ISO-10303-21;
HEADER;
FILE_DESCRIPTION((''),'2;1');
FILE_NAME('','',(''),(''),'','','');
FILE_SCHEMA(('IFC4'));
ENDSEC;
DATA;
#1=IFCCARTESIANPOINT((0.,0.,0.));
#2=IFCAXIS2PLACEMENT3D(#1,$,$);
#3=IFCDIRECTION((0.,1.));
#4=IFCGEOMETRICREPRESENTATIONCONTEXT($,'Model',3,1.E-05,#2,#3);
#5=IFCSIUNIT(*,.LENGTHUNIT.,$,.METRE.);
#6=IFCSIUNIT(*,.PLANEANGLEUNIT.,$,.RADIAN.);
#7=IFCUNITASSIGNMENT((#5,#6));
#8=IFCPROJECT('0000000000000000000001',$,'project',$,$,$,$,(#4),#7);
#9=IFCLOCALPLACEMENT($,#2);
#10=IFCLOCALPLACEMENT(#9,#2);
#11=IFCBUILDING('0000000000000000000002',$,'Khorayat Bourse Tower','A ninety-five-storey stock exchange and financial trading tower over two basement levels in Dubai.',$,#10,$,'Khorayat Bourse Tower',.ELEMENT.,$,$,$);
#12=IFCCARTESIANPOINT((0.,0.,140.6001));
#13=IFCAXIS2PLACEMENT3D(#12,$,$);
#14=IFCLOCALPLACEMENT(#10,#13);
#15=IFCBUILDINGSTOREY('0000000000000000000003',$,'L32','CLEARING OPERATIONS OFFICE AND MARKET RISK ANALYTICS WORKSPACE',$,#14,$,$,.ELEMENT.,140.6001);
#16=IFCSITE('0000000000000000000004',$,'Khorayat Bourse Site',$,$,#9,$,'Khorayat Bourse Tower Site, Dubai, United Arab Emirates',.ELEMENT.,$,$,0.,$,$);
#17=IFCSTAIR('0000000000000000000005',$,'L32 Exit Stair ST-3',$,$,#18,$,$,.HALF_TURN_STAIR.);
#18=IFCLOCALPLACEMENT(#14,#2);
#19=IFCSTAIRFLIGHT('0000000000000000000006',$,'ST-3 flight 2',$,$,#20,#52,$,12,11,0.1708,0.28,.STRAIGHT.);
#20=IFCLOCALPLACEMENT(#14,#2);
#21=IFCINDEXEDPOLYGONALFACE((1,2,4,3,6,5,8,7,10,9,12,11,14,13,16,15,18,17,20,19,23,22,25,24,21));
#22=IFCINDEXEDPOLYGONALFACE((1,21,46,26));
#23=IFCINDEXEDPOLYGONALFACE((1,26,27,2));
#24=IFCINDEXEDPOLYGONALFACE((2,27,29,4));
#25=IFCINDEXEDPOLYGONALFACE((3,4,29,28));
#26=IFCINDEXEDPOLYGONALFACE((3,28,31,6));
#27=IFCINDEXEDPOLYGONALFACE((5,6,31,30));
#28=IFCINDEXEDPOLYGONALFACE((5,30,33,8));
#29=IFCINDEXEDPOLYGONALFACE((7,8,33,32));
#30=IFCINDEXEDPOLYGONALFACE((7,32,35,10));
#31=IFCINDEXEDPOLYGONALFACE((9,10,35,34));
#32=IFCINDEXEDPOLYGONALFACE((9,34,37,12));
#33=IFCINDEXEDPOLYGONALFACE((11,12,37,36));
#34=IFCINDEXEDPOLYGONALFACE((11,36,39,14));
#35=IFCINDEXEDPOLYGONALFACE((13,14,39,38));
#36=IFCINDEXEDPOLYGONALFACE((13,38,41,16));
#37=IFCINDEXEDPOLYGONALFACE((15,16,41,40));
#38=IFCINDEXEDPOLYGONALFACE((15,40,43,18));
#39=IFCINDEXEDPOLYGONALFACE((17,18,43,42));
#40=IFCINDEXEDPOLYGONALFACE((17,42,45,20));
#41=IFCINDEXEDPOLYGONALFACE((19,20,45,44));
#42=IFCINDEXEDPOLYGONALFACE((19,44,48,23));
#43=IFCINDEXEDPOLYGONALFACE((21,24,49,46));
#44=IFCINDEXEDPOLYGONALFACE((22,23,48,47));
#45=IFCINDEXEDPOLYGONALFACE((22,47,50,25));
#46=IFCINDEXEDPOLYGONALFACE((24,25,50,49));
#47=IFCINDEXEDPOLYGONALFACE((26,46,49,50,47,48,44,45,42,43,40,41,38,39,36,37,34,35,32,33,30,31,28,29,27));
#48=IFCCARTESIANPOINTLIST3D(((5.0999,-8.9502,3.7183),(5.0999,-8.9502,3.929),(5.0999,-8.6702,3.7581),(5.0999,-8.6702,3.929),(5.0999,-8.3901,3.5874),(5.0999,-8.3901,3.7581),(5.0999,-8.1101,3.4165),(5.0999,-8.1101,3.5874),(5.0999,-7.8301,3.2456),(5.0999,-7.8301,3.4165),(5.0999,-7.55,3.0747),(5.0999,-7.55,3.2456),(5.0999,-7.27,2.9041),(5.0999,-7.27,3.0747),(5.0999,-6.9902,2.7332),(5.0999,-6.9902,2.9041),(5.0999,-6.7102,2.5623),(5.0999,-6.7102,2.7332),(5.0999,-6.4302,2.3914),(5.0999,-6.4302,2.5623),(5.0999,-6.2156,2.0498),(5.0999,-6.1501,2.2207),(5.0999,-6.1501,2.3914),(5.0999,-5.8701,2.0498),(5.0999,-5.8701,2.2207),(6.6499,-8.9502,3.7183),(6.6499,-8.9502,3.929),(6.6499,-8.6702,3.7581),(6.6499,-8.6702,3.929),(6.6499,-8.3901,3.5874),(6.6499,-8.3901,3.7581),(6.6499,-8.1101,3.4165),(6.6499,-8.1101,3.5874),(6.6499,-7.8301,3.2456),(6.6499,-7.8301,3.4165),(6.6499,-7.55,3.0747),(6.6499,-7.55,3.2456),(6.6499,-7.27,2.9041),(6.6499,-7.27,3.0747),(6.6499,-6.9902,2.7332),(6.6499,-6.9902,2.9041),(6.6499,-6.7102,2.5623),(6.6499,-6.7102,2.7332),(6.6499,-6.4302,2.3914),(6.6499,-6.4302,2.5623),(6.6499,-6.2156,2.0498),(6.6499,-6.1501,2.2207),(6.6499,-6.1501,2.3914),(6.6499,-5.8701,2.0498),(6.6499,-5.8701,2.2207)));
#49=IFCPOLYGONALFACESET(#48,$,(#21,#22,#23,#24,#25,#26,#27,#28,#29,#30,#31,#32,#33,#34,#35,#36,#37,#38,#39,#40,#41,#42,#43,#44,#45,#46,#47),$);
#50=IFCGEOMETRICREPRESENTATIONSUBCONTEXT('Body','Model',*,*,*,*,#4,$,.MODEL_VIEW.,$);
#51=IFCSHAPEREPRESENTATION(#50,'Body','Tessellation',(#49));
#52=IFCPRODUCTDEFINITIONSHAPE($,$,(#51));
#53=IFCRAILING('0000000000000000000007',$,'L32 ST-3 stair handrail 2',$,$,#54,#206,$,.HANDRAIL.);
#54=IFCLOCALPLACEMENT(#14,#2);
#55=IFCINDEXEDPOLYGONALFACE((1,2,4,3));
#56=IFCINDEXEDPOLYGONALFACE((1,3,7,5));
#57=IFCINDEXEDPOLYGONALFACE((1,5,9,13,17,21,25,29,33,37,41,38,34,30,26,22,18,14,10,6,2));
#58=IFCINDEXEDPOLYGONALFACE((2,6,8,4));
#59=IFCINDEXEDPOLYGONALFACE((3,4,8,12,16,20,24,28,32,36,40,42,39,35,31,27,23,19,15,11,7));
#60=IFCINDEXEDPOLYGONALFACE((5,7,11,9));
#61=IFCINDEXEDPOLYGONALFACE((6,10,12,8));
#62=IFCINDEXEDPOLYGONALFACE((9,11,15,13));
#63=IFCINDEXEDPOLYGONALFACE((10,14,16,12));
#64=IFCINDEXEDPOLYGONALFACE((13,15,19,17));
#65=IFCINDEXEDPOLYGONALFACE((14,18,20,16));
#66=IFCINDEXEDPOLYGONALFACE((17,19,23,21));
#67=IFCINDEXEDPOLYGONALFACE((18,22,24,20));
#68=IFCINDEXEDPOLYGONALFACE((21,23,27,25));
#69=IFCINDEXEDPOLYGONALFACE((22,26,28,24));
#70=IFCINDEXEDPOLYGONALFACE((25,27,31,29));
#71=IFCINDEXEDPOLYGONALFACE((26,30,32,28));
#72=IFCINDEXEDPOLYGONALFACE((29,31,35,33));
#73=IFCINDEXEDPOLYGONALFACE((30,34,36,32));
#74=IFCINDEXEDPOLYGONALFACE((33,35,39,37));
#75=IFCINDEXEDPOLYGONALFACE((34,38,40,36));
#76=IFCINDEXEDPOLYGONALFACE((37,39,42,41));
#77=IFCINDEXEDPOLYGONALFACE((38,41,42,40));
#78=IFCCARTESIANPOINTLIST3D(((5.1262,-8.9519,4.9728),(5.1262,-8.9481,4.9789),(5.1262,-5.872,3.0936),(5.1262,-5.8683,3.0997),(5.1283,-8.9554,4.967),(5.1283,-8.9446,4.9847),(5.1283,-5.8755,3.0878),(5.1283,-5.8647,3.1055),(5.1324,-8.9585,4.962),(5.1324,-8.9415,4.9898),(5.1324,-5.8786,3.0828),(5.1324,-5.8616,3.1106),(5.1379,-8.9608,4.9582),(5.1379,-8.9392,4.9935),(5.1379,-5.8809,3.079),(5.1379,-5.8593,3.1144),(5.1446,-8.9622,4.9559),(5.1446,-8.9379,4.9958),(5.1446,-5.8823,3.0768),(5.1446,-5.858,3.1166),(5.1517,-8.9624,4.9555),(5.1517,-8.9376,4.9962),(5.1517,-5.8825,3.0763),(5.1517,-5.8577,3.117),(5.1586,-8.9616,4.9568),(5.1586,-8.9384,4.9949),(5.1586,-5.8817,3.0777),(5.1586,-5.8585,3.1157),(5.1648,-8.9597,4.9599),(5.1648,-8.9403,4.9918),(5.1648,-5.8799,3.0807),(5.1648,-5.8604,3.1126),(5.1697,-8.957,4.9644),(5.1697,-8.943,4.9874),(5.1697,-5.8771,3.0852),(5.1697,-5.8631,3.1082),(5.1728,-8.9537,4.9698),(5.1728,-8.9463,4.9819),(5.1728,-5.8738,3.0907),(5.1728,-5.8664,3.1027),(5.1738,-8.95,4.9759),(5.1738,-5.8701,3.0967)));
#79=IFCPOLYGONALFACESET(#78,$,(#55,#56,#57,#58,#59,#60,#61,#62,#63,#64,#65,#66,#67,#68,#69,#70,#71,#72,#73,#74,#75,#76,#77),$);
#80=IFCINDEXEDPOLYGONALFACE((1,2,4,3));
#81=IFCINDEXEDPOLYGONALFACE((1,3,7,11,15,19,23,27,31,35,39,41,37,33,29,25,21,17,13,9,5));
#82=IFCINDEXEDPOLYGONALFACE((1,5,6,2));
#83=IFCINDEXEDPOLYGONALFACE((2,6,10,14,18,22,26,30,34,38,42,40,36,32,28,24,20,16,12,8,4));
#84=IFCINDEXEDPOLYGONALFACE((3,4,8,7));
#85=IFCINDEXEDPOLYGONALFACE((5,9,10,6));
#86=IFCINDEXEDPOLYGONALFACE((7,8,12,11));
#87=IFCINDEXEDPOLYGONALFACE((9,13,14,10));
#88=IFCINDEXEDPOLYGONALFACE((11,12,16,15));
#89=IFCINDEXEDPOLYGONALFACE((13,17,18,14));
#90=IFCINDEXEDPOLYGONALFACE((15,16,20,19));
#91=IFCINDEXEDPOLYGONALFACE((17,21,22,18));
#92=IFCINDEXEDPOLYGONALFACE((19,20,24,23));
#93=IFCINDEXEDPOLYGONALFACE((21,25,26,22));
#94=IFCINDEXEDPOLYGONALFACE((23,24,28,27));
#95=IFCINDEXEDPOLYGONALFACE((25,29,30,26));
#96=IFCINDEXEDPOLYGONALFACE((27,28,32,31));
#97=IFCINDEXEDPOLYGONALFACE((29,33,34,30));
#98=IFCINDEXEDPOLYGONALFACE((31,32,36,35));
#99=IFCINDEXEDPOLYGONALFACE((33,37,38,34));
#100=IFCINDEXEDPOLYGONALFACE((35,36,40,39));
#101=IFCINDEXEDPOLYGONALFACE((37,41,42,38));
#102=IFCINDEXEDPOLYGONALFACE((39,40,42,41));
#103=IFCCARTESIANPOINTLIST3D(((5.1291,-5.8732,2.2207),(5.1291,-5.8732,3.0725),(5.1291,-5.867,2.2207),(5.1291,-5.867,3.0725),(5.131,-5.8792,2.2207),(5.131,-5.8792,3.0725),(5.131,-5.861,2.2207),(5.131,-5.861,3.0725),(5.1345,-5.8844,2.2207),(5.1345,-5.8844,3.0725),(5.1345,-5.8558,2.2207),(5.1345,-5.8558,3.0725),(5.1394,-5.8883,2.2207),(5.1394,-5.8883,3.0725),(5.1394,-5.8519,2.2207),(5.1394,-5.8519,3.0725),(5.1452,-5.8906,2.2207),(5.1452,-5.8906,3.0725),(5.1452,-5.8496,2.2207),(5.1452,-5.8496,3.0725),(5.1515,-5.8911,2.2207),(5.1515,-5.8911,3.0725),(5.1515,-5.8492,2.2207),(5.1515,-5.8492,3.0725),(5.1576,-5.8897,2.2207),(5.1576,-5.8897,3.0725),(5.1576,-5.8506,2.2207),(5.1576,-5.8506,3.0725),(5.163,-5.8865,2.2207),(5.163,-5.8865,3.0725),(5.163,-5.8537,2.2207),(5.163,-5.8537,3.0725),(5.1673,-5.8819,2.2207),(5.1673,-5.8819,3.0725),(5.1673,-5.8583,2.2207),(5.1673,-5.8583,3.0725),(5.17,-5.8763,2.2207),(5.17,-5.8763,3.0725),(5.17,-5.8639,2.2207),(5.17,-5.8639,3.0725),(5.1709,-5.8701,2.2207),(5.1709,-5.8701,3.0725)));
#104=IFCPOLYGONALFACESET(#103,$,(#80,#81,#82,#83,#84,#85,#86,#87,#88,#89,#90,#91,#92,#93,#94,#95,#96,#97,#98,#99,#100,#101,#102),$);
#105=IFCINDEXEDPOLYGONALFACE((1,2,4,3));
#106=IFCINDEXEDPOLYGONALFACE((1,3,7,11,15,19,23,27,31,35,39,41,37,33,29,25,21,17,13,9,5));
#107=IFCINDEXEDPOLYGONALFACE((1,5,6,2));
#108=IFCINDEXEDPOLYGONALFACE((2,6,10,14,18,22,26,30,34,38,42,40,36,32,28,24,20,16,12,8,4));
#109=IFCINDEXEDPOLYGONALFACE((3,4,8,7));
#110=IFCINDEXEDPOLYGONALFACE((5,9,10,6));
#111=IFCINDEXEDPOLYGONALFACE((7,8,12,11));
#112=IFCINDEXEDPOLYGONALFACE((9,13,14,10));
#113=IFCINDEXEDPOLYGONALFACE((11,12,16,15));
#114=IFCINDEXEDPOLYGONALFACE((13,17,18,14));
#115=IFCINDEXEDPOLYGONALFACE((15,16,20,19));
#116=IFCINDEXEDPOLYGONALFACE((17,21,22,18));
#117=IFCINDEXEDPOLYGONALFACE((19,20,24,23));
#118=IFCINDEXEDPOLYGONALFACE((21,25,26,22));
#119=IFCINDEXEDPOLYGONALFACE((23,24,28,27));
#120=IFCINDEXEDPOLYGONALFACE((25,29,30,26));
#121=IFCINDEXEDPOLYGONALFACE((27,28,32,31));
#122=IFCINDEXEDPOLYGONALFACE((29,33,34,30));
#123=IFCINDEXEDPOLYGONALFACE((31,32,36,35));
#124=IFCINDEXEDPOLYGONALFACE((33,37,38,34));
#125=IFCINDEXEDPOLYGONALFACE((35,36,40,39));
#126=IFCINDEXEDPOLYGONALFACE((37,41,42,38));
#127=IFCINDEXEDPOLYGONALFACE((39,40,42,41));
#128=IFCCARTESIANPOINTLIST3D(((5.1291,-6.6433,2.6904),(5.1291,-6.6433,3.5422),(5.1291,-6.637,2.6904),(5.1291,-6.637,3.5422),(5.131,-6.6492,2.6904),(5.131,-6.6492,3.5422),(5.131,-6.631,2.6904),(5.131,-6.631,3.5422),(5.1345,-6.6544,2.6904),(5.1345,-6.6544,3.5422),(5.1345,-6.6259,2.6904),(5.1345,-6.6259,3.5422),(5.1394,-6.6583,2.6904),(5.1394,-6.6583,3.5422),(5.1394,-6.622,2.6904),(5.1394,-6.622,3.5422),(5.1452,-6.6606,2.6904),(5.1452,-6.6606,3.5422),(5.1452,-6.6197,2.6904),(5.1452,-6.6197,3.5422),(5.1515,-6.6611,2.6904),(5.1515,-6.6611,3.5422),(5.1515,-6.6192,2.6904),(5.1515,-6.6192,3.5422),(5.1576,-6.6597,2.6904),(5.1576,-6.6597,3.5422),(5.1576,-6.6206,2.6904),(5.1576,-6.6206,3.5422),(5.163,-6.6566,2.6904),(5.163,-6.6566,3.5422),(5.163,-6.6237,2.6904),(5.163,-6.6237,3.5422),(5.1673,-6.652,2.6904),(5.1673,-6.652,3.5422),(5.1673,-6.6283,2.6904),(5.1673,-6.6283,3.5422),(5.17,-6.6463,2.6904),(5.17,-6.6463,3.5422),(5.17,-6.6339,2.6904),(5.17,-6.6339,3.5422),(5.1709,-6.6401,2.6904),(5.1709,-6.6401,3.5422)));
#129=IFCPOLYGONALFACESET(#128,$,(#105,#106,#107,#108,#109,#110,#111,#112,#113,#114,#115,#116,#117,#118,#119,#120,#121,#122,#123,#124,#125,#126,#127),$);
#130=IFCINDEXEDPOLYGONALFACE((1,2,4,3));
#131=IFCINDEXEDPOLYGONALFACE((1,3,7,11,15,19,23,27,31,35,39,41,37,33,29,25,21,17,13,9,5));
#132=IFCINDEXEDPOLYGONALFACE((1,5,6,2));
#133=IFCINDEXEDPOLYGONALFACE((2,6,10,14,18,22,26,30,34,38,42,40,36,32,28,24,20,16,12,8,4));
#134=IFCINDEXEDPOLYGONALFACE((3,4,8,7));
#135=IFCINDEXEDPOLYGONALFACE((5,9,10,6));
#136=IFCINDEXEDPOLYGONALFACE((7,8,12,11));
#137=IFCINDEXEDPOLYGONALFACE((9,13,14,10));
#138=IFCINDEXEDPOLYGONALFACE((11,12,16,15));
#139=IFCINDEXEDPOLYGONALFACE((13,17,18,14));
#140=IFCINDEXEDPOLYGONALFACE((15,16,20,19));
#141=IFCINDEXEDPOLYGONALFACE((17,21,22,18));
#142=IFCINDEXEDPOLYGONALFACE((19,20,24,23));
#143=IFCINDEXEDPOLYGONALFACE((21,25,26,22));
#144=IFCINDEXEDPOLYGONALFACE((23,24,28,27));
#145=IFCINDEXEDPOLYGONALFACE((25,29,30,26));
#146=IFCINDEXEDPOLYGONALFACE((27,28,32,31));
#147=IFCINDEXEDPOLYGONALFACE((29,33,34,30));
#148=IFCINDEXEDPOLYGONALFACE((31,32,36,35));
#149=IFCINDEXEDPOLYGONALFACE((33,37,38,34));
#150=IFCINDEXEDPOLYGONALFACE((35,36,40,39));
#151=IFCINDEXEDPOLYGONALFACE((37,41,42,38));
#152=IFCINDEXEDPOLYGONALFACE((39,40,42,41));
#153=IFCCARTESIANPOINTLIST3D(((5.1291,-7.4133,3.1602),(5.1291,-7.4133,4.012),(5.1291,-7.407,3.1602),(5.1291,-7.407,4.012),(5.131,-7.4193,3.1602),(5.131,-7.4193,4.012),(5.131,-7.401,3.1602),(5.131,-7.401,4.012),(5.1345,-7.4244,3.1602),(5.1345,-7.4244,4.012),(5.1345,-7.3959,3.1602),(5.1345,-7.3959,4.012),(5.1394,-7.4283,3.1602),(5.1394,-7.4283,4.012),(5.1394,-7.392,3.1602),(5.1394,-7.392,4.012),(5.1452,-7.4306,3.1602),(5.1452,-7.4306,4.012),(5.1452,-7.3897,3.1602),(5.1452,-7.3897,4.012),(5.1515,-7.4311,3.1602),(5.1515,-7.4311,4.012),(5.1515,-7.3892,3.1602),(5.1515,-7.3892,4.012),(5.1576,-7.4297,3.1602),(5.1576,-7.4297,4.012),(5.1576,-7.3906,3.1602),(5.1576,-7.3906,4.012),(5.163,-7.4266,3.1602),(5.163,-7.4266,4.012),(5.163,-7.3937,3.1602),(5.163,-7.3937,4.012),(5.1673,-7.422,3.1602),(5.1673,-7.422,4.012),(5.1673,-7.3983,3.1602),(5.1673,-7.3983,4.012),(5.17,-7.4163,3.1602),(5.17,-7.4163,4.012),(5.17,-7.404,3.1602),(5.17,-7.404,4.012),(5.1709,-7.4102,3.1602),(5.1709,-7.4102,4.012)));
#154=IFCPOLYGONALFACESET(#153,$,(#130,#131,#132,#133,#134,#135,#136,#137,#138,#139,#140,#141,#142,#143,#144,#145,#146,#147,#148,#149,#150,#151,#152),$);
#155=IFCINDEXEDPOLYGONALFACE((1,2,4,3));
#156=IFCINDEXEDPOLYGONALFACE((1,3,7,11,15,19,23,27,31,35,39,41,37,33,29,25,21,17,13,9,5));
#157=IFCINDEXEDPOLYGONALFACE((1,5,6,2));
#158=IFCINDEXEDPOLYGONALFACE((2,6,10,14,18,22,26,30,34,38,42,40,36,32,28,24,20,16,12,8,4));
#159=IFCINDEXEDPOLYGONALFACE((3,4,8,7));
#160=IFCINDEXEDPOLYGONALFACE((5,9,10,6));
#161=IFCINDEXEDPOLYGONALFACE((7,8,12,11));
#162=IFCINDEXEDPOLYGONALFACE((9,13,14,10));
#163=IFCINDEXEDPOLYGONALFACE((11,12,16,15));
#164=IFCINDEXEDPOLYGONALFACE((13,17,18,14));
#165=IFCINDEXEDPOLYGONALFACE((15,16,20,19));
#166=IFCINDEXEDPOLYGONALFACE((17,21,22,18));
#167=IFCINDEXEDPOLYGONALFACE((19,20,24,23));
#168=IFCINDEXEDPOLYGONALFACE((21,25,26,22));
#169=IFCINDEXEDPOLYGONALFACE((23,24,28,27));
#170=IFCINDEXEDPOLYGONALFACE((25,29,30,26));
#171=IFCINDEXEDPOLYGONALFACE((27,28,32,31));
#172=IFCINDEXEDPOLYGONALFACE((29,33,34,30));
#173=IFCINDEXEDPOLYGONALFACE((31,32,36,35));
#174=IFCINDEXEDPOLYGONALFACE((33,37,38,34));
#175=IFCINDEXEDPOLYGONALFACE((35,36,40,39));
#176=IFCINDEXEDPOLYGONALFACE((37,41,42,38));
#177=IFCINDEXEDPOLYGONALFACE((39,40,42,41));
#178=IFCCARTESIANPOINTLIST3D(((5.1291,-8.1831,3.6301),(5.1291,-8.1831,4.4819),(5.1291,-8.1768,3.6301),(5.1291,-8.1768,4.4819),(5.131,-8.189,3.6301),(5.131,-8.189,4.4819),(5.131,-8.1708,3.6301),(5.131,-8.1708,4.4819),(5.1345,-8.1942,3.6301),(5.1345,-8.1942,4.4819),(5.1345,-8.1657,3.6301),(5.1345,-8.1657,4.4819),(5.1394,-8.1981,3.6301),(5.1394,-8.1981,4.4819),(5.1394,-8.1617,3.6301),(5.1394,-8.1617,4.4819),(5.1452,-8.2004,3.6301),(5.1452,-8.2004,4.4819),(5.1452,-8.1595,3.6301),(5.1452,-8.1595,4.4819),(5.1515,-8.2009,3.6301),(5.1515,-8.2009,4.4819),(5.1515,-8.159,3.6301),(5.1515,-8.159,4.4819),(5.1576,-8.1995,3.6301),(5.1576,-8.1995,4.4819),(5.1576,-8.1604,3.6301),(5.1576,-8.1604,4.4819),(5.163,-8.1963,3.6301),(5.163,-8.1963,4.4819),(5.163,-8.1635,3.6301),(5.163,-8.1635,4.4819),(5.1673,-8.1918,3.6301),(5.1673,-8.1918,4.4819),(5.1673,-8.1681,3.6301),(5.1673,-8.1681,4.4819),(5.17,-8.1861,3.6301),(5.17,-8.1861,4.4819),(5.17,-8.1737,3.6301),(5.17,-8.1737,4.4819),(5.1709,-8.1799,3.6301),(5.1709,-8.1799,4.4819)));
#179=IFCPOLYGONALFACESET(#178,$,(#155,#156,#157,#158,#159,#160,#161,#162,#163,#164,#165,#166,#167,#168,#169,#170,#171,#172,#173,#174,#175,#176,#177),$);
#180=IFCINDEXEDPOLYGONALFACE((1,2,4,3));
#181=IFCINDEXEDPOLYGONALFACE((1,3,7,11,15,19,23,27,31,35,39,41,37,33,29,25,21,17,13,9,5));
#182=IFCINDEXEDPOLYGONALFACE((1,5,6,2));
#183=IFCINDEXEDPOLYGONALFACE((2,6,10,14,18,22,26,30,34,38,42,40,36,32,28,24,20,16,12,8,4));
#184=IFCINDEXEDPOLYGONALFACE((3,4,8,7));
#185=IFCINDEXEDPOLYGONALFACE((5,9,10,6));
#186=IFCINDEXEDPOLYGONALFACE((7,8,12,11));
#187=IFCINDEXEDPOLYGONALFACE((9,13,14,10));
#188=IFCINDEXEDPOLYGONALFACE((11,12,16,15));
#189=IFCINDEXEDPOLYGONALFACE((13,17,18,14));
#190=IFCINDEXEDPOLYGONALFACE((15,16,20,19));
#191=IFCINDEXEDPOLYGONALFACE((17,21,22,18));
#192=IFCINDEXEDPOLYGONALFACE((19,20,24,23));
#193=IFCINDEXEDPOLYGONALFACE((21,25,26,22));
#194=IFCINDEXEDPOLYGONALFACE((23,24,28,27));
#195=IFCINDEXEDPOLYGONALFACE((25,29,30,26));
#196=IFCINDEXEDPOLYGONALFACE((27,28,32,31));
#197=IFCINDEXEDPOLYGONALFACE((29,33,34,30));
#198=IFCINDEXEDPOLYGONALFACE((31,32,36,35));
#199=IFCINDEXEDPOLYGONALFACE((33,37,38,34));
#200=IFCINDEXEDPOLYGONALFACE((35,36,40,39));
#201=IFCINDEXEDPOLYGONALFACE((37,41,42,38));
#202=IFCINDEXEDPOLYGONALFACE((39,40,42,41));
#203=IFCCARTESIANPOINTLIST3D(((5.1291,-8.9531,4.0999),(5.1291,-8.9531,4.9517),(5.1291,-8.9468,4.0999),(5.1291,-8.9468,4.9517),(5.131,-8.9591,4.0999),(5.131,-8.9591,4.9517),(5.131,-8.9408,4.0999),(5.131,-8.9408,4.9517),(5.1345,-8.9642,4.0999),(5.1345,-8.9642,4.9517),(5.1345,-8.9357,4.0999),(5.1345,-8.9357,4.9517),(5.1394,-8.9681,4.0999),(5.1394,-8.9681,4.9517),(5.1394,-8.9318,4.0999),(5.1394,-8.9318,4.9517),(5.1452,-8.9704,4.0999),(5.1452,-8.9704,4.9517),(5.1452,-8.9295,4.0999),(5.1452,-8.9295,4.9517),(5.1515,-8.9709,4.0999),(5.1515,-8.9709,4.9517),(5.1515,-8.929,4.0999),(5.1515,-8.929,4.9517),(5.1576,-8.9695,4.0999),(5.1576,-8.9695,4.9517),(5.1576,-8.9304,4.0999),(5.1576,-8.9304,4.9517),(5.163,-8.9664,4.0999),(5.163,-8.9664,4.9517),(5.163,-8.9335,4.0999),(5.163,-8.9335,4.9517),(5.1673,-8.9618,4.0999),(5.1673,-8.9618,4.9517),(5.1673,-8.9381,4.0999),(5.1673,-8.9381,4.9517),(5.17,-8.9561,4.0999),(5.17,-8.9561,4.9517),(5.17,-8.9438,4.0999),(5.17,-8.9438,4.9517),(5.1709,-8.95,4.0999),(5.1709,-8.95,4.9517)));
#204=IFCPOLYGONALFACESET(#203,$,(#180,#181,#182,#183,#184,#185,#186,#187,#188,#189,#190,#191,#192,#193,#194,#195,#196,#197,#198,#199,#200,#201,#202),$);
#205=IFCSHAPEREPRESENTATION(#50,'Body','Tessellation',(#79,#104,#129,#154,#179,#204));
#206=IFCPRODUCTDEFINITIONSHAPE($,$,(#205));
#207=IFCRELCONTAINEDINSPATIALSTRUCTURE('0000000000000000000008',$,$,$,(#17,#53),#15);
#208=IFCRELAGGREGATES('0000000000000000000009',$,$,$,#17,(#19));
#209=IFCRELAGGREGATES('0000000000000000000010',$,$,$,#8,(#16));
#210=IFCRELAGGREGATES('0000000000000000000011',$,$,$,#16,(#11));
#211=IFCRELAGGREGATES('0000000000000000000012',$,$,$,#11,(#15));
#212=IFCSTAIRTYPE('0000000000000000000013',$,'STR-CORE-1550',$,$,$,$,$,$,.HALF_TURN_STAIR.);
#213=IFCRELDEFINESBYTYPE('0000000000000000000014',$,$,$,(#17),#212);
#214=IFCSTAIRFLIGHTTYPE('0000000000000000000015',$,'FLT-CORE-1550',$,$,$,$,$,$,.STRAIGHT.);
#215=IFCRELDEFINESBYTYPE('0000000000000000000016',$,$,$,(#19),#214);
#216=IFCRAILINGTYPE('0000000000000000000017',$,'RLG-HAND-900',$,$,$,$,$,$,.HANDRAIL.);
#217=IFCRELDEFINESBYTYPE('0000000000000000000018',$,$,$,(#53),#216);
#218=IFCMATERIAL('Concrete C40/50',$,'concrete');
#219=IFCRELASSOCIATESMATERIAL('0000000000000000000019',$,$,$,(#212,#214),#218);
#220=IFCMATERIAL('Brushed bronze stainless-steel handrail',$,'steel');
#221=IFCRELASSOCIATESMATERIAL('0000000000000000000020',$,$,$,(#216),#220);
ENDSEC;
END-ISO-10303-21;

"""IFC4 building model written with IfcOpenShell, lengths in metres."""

from ifc_helpers import new_model, si_unit, direction, frame, origin, origin_2d, place, context, subcontext, project, spatial, polyline, circle, outline, extrude, source, transform, mapped, material, type_object, element, aggregate, save


model = new_model("IFC4")

# Units and contexts
model_context = context("Model", 3, precision=1e-05, world=origin(), true_north=direction((0.0, 1.0)))
body_context = subcontext(model_context, "Body", "Model", "MODEL_VIEW")
ifc_project = project(units=[si_unit("LENGTHUNIT", "METRE"), si_unit("PLANEANGLEUNIT", "RADIAN")], contexts=[model_context])

# Site, building, storey
site_placement = place(None, origin())
site = spatial("IfcSite", under=ifc_project, at=site_placement, Name="Khorayat Bourse Site", LongName="Khorayat Bourse Tower Site, Dubai, United Arab Emirates", CompositionType="ELEMENT", RefElevation=0.0)
building_placement = place(site_placement, origin())
building = spatial("IfcBuilding", under=site, at=building_placement, Name="Khorayat Bourse Tower", Description="A ninety-five-storey stock exchange and financial trading tower over two basement levels in Dubai.", LongName="Khorayat Bourse Tower", CompositionType="ELEMENT")
storey_placement = place(building_placement, frame((0.0, 0.0, 140.6001)))
storey = spatial("IfcBuildingStorey", under=building, at=storey_placement, Name="L32", Description="CLEARING OPERATIONS OFFICE AND MARKET RISK ANALYTICS WORKSPACE", CompositionType="ELEMENT", Elevation=140.6001)

# Stair, stair flight
ifc_material_1 = material(Name="Concrete C40/50", Category="concrete")
stair_type = type_object("IfcStairType", Name="STR-CORE-1550", PredefinedType="HALF_TURN_STAIR", material=ifc_material_1)
stair_placement = place(storey_placement, origin())
stair = element("IfcStair", 1, at=stair_placement, inside=storey, type_object=stair_type, Name="L32 Exit Stair ST-3", PredefinedType="HALF_TURN_STAIR")
stair_flight_type = type_object("IfcStairFlightType", Name="FLT-CORE-1550", PredefinedType="STRAIGHT", material=ifc_material_1)
shared_shape_1 = source(origin(), body_context, "Body", "SweptSolid", [
    extrude(outline(polyline([(0.0, 0.0), (0.0, 0.1709), (0.28, 0.1709), (0.28, 0.3416), (0.5601, 0.3416), (0.5601, 0.5125), (0.8401, 0.5125), (0.8401, 0.6833), (1.1201, 0.6833), (1.1201, 0.8542), (1.3999, 0.8542), (1.3999, 1.0249), (1.6799, 1.0249), (1.6799, 1.1958), (1.96, 1.1958), (1.96, 1.3667), (2.24, 1.3667), (2.24, 1.5376), (2.52, 1.5376), (2.52, 1.7083), (2.8, 1.7083), (2.8, 1.8792), (3.0801, 1.8792), (3.0801, 2.05), (3.0801, 1.6685), (0.3455, 0.0), (0.0, 0.0)])), frame((0.0, 0.7749, 0.0), z_axis=(0.0, -1.0, 0.0), x_axis=(1.0, 0.0, 0.0)), (0.0, 0.0, 1.0), 1.55),
])
stair_flight_placement = place(storey_placement, frame((5.875, -5.8701, 2.0498), z_axis=(0.0, 0.0, 1.0), x_axis=(0.0, -1.0, 0.0)))
stair_flight = element("IfcStairFlight", 2, at=stair_flight_placement, type_object=stair_flight_type, Name="ST-3 flight 2", NumberOfRisers=12, NumberOfTreads=11, PredefinedType="STRAIGHT", RiserHeight=0.1708, TreadLength=0.28, context=body_context, shape_type="MappedRepresentation", body=[
    mapped(shared_shape_1, transform((0.0, 0.0, 0.0), scale=1.0)),
])
aggregate(stair, [stair_flight])

# Railing
ifc_material_2 = material(Name="Brushed bronze stainless-steel handrail", Category="steel")
railing_type = type_object("IfcRailingType", Name="RLG-HAND-900", PredefinedType="HANDRAIL", material=ifc_material_2)
shared_shape_2 = source(origin(), body_context, "Body", "SweptSolid", [
    extrude(circle(Radius=0.0239, at=origin_2d()), frame((0.0, 0.0, 0.876), z_axis=(0.0, -0.853648, 0.52085), x_axis=(1.0, 0.0, 0.0)), (0.0, 0.0, 1.0), 3.6079),
    extrude(circle(Radius=0.021, at=origin_2d()), origin(), (0.0, 0.0, 1.0), 0.8518),
    extrude(circle(Radius=0.021, at=origin_2d()), frame((0.0, -0.77, 0.4697)), (0.0, 0.0, 1.0), 0.8518),
    extrude(circle(Radius=0.021, at=origin_2d()), frame((0.0, -1.54, 0.9395)), (0.0, 0.0, 1.0), 0.8518),
    extrude(circle(Radius=0.021, at=origin_2d()), frame((0.0, -2.3098, 1.4094)), (0.0, 0.0, 1.0), 0.8518),
    extrude(circle(Radius=0.021, at=origin_2d()), frame((0.0, -3.0798, 1.8792)), (0.0, 0.0, 1.0), 0.8518),
])
railing_placement = place(storey_placement, frame((5.1499, -5.8701, 2.2207)))
element("IfcRailing", 3, at=railing_placement, inside=storey, type_object=railing_type, Name="L32 ST-3 stair handrail 2", PredefinedType="HANDRAIL", context=body_context, shape_type="MappedRepresentation", body=[
    mapped(shared_shape_2, transform((0.0, 0.0, 0.0), scale=1.0)),
])

save(model, "model.ifc")
